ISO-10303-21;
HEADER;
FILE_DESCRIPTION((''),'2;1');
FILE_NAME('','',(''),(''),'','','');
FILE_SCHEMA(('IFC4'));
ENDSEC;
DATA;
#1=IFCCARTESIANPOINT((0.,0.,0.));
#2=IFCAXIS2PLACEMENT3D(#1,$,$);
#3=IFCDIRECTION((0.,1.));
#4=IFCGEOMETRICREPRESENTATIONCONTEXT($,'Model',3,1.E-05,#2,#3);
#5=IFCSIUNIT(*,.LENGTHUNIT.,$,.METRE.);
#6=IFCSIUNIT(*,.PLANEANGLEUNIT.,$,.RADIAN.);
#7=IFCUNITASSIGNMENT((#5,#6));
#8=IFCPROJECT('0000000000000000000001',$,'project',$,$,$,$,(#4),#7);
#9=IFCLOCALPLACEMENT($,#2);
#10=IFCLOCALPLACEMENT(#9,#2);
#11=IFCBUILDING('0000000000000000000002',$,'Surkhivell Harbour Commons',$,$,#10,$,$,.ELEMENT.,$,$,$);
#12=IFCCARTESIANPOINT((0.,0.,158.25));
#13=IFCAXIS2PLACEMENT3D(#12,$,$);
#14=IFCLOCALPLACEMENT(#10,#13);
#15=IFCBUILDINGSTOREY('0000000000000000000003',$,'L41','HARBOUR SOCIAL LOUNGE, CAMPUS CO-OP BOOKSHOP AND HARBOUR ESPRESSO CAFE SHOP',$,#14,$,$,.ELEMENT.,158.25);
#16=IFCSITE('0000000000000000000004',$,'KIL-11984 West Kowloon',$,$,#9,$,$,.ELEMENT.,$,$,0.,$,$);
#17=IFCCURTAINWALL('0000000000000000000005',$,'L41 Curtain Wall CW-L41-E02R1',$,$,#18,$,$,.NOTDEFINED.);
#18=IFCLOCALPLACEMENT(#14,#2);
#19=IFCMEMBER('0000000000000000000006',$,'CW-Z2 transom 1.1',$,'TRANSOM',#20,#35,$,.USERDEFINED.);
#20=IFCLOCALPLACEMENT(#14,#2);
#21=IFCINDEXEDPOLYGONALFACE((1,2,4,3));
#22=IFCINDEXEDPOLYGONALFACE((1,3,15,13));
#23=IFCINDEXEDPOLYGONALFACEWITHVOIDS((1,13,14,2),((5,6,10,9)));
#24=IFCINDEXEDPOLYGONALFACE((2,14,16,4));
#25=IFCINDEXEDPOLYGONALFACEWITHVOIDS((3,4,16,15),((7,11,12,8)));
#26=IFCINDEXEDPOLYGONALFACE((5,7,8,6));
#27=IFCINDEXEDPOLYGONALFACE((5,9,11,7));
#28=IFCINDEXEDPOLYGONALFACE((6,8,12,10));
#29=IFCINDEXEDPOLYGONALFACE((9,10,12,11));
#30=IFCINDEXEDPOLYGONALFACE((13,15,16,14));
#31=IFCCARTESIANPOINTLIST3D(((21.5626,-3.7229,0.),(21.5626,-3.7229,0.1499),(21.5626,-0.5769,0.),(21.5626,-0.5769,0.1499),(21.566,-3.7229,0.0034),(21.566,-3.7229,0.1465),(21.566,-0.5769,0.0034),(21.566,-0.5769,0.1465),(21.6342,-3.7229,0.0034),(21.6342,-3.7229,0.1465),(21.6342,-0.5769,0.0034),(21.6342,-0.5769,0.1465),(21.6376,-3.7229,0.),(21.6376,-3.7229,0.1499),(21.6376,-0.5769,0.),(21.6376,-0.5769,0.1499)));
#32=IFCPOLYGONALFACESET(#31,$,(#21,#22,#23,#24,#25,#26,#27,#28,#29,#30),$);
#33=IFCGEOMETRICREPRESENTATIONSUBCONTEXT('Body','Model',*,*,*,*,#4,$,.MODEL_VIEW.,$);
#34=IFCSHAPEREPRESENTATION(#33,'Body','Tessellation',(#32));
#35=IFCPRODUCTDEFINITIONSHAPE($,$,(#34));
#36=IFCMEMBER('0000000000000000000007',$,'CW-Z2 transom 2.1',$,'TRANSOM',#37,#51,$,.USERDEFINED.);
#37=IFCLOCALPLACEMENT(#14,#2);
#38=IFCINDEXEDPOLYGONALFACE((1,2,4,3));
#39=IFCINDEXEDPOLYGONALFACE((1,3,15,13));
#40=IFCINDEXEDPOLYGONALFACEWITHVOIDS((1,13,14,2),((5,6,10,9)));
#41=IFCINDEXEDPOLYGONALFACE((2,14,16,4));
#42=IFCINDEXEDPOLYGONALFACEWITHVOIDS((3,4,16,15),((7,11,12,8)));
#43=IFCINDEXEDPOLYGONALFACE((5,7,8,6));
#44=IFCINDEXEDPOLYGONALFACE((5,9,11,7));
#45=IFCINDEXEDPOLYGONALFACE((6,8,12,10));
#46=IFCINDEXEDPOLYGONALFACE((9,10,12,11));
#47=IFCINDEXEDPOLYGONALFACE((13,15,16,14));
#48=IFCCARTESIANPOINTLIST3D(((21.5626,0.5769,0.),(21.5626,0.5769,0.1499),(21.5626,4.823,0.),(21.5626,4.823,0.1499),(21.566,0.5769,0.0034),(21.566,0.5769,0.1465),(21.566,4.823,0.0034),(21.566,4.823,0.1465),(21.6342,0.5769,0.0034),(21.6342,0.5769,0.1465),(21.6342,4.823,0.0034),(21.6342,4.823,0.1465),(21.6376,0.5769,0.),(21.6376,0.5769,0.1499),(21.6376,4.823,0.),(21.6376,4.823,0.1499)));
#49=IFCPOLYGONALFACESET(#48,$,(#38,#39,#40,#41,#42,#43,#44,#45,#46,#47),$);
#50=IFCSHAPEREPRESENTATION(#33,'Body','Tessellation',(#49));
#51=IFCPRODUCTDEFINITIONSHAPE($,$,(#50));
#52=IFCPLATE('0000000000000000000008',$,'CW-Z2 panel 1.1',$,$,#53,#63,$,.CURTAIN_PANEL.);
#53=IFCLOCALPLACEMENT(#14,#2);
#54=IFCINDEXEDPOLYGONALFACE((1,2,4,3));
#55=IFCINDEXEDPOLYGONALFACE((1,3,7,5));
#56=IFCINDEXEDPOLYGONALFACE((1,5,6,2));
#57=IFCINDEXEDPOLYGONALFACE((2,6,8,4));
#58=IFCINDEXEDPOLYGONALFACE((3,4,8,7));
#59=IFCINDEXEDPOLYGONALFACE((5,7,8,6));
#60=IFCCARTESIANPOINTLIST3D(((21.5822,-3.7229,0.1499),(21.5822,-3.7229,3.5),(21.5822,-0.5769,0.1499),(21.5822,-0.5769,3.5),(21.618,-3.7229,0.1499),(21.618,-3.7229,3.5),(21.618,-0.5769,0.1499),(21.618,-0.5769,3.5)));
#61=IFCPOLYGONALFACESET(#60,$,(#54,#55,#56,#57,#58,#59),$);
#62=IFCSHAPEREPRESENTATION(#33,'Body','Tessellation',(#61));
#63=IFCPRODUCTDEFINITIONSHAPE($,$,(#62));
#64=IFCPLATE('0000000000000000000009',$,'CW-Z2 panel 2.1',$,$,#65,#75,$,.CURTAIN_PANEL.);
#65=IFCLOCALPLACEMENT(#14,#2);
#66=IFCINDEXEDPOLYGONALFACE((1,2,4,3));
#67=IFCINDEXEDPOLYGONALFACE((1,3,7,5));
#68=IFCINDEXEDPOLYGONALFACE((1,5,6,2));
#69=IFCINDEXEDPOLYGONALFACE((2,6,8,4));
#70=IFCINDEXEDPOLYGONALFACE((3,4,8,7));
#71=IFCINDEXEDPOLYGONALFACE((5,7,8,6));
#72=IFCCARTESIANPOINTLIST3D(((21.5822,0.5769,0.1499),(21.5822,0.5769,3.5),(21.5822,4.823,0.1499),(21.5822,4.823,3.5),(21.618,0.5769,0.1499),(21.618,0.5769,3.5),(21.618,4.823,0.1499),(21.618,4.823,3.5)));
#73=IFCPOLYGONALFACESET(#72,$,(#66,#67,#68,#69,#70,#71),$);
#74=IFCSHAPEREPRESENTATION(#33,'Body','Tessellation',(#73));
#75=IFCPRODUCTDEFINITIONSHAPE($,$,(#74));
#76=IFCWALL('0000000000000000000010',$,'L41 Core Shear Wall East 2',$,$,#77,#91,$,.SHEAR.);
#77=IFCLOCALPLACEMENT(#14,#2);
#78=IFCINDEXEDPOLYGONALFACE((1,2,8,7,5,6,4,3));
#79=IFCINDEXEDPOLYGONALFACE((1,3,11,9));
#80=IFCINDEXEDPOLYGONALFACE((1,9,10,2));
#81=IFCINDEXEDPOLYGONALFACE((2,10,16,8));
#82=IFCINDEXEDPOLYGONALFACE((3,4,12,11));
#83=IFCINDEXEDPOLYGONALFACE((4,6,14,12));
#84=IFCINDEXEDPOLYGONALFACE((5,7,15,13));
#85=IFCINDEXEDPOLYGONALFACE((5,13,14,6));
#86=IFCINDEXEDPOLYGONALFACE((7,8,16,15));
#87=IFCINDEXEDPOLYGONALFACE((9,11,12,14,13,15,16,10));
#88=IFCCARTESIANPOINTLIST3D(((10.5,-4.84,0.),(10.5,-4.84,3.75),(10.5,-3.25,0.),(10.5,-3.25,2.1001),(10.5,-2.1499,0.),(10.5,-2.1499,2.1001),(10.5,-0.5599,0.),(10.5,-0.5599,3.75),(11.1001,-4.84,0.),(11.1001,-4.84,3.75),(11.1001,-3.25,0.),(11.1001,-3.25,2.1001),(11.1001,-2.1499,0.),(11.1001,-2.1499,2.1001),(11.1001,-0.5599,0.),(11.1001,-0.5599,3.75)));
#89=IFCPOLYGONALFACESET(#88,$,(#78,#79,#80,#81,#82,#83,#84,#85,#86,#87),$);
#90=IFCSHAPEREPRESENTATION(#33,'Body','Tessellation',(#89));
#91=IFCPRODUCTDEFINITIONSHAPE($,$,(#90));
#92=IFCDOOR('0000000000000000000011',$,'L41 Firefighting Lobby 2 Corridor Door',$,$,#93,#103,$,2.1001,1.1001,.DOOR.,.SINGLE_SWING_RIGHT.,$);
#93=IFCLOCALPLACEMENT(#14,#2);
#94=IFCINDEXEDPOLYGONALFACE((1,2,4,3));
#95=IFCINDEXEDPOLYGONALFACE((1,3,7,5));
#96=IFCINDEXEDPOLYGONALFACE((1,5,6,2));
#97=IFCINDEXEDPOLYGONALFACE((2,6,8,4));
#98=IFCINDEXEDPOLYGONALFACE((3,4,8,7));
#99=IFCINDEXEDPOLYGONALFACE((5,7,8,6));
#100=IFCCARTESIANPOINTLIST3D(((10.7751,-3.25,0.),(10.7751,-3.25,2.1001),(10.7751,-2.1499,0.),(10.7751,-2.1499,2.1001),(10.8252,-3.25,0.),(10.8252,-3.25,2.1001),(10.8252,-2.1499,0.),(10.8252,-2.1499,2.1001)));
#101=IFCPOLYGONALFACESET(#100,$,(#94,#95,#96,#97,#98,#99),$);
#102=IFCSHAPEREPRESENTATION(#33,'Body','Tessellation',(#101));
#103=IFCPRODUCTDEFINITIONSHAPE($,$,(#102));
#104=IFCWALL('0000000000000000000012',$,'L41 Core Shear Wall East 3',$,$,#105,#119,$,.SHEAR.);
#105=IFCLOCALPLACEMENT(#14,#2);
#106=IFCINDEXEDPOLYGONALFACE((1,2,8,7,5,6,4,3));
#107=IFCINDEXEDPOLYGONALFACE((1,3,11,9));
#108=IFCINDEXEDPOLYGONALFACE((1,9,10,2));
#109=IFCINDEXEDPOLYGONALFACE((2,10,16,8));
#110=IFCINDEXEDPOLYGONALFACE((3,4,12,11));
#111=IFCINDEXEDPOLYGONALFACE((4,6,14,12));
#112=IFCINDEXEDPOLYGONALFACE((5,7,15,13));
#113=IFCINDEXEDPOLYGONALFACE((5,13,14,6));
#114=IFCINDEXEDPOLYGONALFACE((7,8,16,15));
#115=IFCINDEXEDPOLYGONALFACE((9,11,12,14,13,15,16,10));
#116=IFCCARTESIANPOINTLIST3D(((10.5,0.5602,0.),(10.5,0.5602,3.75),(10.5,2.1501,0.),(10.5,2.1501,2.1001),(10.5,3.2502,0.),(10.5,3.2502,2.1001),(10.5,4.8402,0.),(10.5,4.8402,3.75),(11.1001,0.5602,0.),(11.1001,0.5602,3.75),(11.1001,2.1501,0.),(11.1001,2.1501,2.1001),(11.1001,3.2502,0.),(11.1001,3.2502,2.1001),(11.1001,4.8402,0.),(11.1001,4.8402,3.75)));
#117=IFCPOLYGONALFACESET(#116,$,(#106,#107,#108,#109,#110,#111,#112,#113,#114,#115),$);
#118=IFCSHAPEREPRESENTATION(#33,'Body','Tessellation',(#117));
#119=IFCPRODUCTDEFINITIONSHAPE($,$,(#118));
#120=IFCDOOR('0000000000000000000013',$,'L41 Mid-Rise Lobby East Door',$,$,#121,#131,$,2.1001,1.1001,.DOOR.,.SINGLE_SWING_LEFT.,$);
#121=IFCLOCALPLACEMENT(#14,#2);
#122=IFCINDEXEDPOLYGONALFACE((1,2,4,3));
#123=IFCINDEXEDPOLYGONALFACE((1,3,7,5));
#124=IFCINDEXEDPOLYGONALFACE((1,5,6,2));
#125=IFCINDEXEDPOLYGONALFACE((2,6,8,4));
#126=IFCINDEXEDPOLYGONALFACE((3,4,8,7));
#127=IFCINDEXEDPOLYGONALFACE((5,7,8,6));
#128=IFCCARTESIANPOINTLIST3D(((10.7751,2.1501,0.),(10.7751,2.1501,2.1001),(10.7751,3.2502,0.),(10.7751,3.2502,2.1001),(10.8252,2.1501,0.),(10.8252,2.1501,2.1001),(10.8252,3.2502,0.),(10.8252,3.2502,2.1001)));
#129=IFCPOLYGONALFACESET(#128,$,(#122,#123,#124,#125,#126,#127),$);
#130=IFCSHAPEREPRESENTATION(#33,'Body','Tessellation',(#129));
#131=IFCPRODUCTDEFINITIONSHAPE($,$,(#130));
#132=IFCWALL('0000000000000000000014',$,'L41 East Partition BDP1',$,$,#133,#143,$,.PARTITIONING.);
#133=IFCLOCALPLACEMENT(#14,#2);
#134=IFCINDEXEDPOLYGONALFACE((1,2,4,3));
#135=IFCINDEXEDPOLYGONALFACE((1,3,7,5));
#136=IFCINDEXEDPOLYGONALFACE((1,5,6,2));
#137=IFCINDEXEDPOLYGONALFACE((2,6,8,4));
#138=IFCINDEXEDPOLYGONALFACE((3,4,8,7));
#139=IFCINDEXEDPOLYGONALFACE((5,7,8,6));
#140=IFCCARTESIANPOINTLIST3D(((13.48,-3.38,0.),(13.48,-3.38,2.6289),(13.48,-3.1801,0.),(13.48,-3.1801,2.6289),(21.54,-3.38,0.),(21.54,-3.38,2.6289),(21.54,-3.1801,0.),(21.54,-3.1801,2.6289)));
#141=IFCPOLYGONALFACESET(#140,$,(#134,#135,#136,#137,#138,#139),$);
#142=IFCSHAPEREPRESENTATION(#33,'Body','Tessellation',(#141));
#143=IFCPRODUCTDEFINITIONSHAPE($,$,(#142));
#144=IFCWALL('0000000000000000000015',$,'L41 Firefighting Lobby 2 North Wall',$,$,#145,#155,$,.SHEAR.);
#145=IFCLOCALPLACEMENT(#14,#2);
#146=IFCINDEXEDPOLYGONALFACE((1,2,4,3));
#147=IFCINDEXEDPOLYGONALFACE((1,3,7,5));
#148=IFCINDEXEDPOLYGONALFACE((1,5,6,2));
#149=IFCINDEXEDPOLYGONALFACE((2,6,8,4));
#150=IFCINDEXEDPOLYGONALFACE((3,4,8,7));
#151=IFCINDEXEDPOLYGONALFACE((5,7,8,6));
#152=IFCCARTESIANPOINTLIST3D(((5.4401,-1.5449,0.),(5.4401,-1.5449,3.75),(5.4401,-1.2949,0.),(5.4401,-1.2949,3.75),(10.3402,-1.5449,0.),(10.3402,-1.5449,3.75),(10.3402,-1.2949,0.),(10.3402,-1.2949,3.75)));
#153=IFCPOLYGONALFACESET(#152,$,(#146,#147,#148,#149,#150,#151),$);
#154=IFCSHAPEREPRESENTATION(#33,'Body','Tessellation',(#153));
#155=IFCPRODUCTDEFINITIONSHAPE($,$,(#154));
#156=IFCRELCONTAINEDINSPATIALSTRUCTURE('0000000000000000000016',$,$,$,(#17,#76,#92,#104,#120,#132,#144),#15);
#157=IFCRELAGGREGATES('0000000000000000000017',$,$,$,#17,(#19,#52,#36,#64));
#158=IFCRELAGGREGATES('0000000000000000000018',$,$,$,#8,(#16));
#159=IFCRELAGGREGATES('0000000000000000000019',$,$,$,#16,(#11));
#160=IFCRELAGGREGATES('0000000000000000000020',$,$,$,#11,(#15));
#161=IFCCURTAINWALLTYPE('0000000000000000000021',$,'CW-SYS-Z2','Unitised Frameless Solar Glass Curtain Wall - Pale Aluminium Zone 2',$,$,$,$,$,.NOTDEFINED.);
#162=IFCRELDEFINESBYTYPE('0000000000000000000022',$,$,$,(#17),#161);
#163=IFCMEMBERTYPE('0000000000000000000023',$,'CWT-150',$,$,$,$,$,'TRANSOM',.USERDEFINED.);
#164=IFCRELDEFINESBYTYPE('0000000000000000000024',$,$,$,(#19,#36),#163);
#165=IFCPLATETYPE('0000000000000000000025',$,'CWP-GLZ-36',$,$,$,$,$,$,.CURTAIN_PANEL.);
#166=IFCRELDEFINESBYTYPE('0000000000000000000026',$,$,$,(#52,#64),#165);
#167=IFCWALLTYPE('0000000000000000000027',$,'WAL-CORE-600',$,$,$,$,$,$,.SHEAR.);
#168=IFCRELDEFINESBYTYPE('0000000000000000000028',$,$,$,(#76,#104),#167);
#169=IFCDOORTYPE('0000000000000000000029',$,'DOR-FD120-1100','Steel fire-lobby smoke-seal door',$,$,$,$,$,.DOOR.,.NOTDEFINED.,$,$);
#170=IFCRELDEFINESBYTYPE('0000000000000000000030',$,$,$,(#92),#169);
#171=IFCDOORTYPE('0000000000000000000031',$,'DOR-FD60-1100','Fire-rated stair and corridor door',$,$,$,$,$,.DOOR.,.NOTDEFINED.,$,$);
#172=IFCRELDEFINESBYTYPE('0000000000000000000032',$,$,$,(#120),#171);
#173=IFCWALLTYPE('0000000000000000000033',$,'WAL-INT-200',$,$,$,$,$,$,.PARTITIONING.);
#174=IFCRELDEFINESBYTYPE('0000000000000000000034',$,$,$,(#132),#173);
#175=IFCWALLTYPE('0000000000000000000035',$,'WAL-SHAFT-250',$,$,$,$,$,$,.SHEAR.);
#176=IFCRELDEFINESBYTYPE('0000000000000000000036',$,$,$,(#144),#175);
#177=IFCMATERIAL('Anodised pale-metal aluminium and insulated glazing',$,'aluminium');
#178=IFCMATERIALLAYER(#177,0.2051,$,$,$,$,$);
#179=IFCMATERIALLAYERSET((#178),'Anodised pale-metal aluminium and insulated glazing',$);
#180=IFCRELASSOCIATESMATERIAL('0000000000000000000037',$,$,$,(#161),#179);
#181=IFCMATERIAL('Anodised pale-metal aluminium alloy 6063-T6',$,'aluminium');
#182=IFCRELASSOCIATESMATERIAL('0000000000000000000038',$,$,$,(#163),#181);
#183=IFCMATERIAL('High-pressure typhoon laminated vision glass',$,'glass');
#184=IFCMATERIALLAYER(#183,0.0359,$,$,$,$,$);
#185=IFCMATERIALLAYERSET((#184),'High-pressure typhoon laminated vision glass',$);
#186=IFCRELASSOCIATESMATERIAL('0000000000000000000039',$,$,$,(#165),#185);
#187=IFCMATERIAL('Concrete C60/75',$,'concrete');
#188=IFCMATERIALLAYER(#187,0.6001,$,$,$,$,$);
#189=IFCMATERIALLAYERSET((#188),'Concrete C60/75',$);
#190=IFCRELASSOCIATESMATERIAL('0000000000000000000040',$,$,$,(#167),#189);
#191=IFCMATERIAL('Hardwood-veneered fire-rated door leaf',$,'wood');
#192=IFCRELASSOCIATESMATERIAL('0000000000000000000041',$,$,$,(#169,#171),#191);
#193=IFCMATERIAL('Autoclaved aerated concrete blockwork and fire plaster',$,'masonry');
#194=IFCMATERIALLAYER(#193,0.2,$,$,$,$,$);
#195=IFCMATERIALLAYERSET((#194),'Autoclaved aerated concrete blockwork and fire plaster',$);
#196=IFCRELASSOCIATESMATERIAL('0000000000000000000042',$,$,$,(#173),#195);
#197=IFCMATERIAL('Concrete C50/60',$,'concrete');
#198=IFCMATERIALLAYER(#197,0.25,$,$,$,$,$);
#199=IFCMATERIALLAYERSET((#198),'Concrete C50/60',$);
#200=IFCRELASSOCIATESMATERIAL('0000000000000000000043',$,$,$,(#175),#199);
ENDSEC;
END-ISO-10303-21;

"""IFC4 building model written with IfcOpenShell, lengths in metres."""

from ifc_helpers import new_model, si_unit, direction, frame, frame_2d, origin, origin_2d, place, context, subcontext, project, spatial, rectangle, hollow_rectangle, extrude, material, layer, layer_set, material_profile, profile_set, type_object, element, fill, aggregate, save


model = new_model("IFC4")

# Units and contexts
model_context = context("Model", 3, precision=1e-05, world=origin(), true_north=direction((0.0, 1.0)))
body_context = subcontext(model_context, "Body", "Model", "MODEL_VIEW")
ifc_project = project(units=[si_unit("LENGTHUNIT", "METRE"), si_unit("PLANEANGLEUNIT", "RADIAN")], contexts=[model_context])

# Site, building, storey
site_placement = place(None, origin())
site = spatial("IfcSite", under=ifc_project, at=site_placement, Name="KIL-11984 West Kowloon", CompositionType="ELEMENT", RefElevation=0.0)
building_placement = place(site_placement, origin())
building = spatial("IfcBuilding", under=site, at=building_placement, Name="Surkhivell Harbour Commons", CompositionType="ELEMENT")
storey_placement = place(building_placement, frame((0.0, 0.0, 158.25)))
storey = spatial("IfcBuildingStorey", under=building, at=storey_placement, Name="L41", Description="HARBOUR SOCIAL LOUNGE, CAMPUS CO-OP BOOKSHOP AND HARBOUR ESPRESSO CAFE SHOP", CompositionType="ELEMENT", Elevation=158.25)

# Shared definitions
ifc_material_1 = material(Name="Concrete C60/75", Category="concrete")

# Shared definitions
ifc_material_2 = material(Name="Anodised pale-metal aluminium and insulated glazing", Category="aluminium")
ifc_layer_1 = layer(ifc_material_2, 0.2051)
ifc_layer_set_1 = layer_set([ifc_layer_1], Name="Anodised pale-metal aluminium and insulated glazing")
curtain_wall_type = type_object("IfcCurtainWallType", Name="CW-SYS-Z2", Description="Unitised Frameless Solar Glass Curtain Wall - Pale Aluminium Zone 2", PredefinedType="NOTDEFINED", material=ifc_layer_set_1)
ifc_material_3 = material(Name="Anodised pale-metal aluminium alloy 6063-T6", Category="aluminium")

# Curtain wall, members, plates
curtain_wall_1_placement = place(storey_placement, origin())
curtain_wall_1 = element("IfcCurtainWall", 1, at=curtain_wall_1_placement, inside=storey, type_object=curtain_wall_type, Name="L41 Curtain Wall CW-L41-E02R1", PredefinedType="NOTDEFINED")
ifc_material_profile_1 = material_profile(ifc_material_3, hollow_rectangle(XDim=0.075, YDim=0.1499, WallThickness=0.0034, at=origin_2d()), Name="ALU-TRAN-75x150")
ifc_profile_set_1 = profile_set([ifc_material_profile_1], Name="Anodised pale-metal aluminium alloy 6063-T6")
member_type_1 = type_object("IfcMemberType", Name="CWT-150", ElementType="TRANSOM", PredefinedType="USERDEFINED", material=ifc_profile_set_1)
member_1_placement = place(storey_placement, frame((21.6001, -3.7229, 0.075), z_axis=(0.0, 1.0, 0.0), x_axis=(-1.0, 0.0, 0.0)))
member_1 = element("IfcMember", 2, at=member_1_placement, type_object=member_type_1, Name="CW-Z2 transom 1.1", ObjectType="TRANSOM", PredefinedType="USERDEFINED", context=body_context, shape_type="SweptSolid", body=[
    extrude(hollow_rectangle(XDim=0.075, YDim=0.1499, WallThickness=0.0034, at=origin_2d()), origin(), (0.0, 0.0, 1.0), 3.146),
])
member_2_placement = place(storey_placement, frame((21.6001, 0.5769, 0.075), z_axis=(0.0, 1.0, 0.0), x_axis=(-1.0, 0.0, 0.0)))
member_2 = element("IfcMember", 3, at=member_2_placement, type_object=member_type_1, Name="CW-Z2 transom 2.1", ObjectType="TRANSOM", PredefinedType="USERDEFINED", context=body_context, shape_type="SweptSolid", body=[
    extrude(hollow_rectangle(XDim=0.075, YDim=0.1499, WallThickness=0.0034, at=origin_2d()), origin(), (0.0, 0.0, 1.0), 4.2461),
])
ifc_material_4 = material(Name="High-pressure typhoon laminated vision glass", Category="glass")
ifc_layer_2 = layer(ifc_material_4, 0.0359)
ifc_layer_set_2 = layer_set([ifc_layer_2], Name="High-pressure typhoon laminated vision glass")
plate_type = type_object("IfcPlateType", Name="CWP-GLZ-36", PredefinedType="CURTAIN_PANEL", material=ifc_layer_set_2)
plate_1_placement = place(storey_placement, frame((21.6001, -3.7229, 0.1499), z_axis=(0.0, 0.0, 1.0), x_axis=(0.0, 1.0, 0.0)))
plate_1 = element("IfcPlate", 4, at=plate_1_placement, type_object=plate_type, Name="CW-Z2 panel 1.1", PredefinedType="CURTAIN_PANEL", context=body_context, shape_type="SweptSolid", body=[
    extrude(rectangle(XDim=3.146, YDim=0.0359, at=frame_2d((1.573, 0.0))), origin(), (0.0, 0.0, 1.0), 3.3501),
])
plate_2_placement = place(storey_placement, frame((21.6001, 0.5769, 0.1499), z_axis=(0.0, 0.0, 1.0), x_axis=(0.0, 1.0, 0.0)))
plate_2 = element("IfcPlate", 5, at=plate_2_placement, type_object=plate_type, Name="CW-Z2 panel 2.1", PredefinedType="CURTAIN_PANEL", context=body_context, shape_type="SweptSolid", body=[
    extrude(rectangle(XDim=4.2461, YDim=0.0359, at=frame_2d((2.123, 0.0))), origin(), (0.0, 0.0, 1.0), 3.3501),
])
aggregate(curtain_wall_1, [member_1, plate_1, member_2, plate_2])

# Walls, openings, doors
ifc_layer_3 = layer(ifc_material_1, 0.6001)
ifc_layer_set_3 = layer_set([ifc_layer_3], Name="Concrete C60/75")
wall_type_1 = type_object("IfcWallType", Name="WAL-CORE-600", PredefinedType="SHEAR", material=ifc_layer_set_3)
wall_1_placement = place(storey_placement, frame((10.8, -4.8401, 0.0), z_axis=(0.0, 0.0, 1.0), x_axis=(0.0, 1.0, 0.0)))
wall_1 = element("IfcWall", 6, at=wall_1_placement, inside=storey, type_object=wall_type_1, Name="L41 Core Shear Wall East 2", PredefinedType="SHEAR", context=body_context, shape_type="SweptSolid", body=[
    extrude(rectangle(XDim=4.28, YDim=0.6001, at=frame_2d((2.1401, 0.0))), origin(), (0.0, 0.0, 1.0), 3.75),
])
opening_1_placement = place(wall_1_placement, frame((1.5901, 0.0, 0.0)))
opening_1 = element("IfcOpeningElement", 7, at=opening_1_placement, cuts=wall_1, PredefinedType="OPENING", context=body_context, shape_type="SweptSolid", body=[
    extrude(rectangle(XDim=1.1001, YDim=2.1001, at=frame_2d((0.55, 1.05))), frame((0.0, 0.3101, 0.0), z_axis=(0.0, -1.0, 0.0), x_axis=(1.0, 0.0, 0.0)), (0.0, 0.0, 1.0), 0.6201),
])
ifc_material_5 = material(Name="Hardwood-veneered fire-rated door leaf", Category="wood")
door_type_1 = type_object("IfcDoorType", Name="DOR-FD120-1100", Description="Steel fire-lobby smoke-seal door", OperationType="NOTDEFINED", PredefinedType="DOOR", material=ifc_material_5)
door_1_placement = place(opening_1_placement, origin())
door_1 = element("IfcDoor", 8, at=door_1_placement, inside=storey, type_object=door_type_1, Name="L41 Firefighting Lobby 2 Corridor Door", OperationType="SINGLE_SWING_RIGHT", OverallHeight=2.1001, OverallWidth=1.1001, PredefinedType="DOOR", context=body_context, shape_type="SweptSolid", body=[
    extrude(rectangle(XDim=1.1001, YDim=2.1001, at=frame_2d((0.55, 1.05))), frame((0.0, 0.0249, 0.0), z_axis=(0.0, -1.0, 0.0), x_axis=(1.0, 0.0, 0.0)), (0.0, 0.0, 1.0), 0.05),
])
fill(opening_1, door_1)
wall_2_placement = place(storey_placement, frame((10.8, 0.5601, 0.0), z_axis=(0.0, 0.0, 1.0), x_axis=(0.0, 1.0, 0.0)))
wall_2 = element("IfcWall", 9, at=wall_2_placement, inside=storey, type_object=wall_type_1, Name="L41 Core Shear Wall East 3", PredefinedType="SHEAR", context=body_context, shape_type="SweptSolid", body=[
    extrude(rectangle(XDim=4.28, YDim=0.6001, at=frame_2d((2.1401, 0.0))), origin(), (0.0, 0.0, 1.0), 3.75),
])
opening_2_placement = place(wall_2_placement, frame((1.5901, 0.0, 0.0)))
opening_2 = element("IfcOpeningElement", 10, at=opening_2_placement, cuts=wall_2, PredefinedType="OPENING", context=body_context, shape_type="SweptSolid", body=[
    extrude(rectangle(XDim=1.1001, YDim=2.1001, at=frame_2d((0.55, 1.05))), frame((0.0, 0.3101, 0.0), z_axis=(0.0, -1.0, 0.0), x_axis=(1.0, 0.0, 0.0)), (0.0, 0.0, 1.0), 0.6201),
])
door_type_2 = type_object("IfcDoorType", Name="DOR-FD60-1100", Description="Fire-rated stair and corridor door", OperationType="NOTDEFINED", PredefinedType="DOOR", material=ifc_material_5)
door_2_placement = place(opening_2_placement, origin())
door_2 = element("IfcDoor", 11, at=door_2_placement, inside=storey, type_object=door_type_2, Name="L41 Mid-Rise Lobby East Door", OperationType="SINGLE_SWING_LEFT", OverallHeight=2.1001, OverallWidth=1.1001, PredefinedType="DOOR", context=body_context, shape_type="SweptSolid", body=[
    extrude(rectangle(XDim=1.1001, YDim=2.1001, at=frame_2d((0.55, 1.05))), frame((0.0, 0.0249, 0.0), z_axis=(0.0, -1.0, 0.0), x_axis=(1.0, 0.0, 0.0)), (0.0, 0.0, 1.0), 0.05),
])
fill(opening_2, door_2)

# Walls
ifc_material_6 = material(Name="Autoclaved aerated concrete blockwork and fire plaster", Category="masonry")
ifc_layer_4 = layer(ifc_material_6, 0.2)
ifc_layer_set_4 = layer_set([ifc_layer_4], Name="Autoclaved aerated concrete blockwork and fire plaster")
wall_type_2 = type_object("IfcWallType", Name="WAL-INT-200", PredefinedType="PARTITIONING", material=ifc_layer_set_4)
wall_3_placement = place(storey_placement, frame((13.48, -3.28, 0.0), z_axis=(0.0, 0.0, 1.0), x_axis=(1.0, 0.0, 0.0)))
element("IfcWall", 12, at=wall_3_placement, inside=storey, type_object=wall_type_2, Name="L41 East Partition BDP1", PredefinedType="PARTITIONING", context=body_context, shape_type="SweptSolid", body=[
    extrude(rectangle(XDim=8.0601, YDim=0.2, at=frame_2d((4.03, 0.0))), origin(), (0.0, 0.0, 1.0), 2.6289),
])
ifc_material_7 = material(Name="Concrete C50/60", Category="concrete")
ifc_layer_5 = layer(ifc_material_7, 0.25)
ifc_layer_set_5 = layer_set([ifc_layer_5], Name="Concrete C50/60")
wall_type_3 = type_object("IfcWallType", Name="WAL-SHAFT-250", PredefinedType="SHEAR", material=ifc_layer_set_5)
wall_4_placement = place(storey_placement, frame((5.4399, -1.4199, 0.0), z_axis=(0.0, 0.0, 1.0), x_axis=(1.0, 0.0, 0.0)))
element("IfcWall", 13, at=wall_4_placement, inside=storey, type_object=wall_type_3, Name="L41 Firefighting Lobby 2 North Wall", PredefinedType="SHEAR", context=body_context, shape_type="SweptSolid", body=[
    extrude(rectangle(XDim=4.9001, YDim=0.25, at=frame_2d((2.4502, 0.0))), origin(), (0.0, 0.0, 1.0), 3.75),
])

save(model, "model.ifc")
